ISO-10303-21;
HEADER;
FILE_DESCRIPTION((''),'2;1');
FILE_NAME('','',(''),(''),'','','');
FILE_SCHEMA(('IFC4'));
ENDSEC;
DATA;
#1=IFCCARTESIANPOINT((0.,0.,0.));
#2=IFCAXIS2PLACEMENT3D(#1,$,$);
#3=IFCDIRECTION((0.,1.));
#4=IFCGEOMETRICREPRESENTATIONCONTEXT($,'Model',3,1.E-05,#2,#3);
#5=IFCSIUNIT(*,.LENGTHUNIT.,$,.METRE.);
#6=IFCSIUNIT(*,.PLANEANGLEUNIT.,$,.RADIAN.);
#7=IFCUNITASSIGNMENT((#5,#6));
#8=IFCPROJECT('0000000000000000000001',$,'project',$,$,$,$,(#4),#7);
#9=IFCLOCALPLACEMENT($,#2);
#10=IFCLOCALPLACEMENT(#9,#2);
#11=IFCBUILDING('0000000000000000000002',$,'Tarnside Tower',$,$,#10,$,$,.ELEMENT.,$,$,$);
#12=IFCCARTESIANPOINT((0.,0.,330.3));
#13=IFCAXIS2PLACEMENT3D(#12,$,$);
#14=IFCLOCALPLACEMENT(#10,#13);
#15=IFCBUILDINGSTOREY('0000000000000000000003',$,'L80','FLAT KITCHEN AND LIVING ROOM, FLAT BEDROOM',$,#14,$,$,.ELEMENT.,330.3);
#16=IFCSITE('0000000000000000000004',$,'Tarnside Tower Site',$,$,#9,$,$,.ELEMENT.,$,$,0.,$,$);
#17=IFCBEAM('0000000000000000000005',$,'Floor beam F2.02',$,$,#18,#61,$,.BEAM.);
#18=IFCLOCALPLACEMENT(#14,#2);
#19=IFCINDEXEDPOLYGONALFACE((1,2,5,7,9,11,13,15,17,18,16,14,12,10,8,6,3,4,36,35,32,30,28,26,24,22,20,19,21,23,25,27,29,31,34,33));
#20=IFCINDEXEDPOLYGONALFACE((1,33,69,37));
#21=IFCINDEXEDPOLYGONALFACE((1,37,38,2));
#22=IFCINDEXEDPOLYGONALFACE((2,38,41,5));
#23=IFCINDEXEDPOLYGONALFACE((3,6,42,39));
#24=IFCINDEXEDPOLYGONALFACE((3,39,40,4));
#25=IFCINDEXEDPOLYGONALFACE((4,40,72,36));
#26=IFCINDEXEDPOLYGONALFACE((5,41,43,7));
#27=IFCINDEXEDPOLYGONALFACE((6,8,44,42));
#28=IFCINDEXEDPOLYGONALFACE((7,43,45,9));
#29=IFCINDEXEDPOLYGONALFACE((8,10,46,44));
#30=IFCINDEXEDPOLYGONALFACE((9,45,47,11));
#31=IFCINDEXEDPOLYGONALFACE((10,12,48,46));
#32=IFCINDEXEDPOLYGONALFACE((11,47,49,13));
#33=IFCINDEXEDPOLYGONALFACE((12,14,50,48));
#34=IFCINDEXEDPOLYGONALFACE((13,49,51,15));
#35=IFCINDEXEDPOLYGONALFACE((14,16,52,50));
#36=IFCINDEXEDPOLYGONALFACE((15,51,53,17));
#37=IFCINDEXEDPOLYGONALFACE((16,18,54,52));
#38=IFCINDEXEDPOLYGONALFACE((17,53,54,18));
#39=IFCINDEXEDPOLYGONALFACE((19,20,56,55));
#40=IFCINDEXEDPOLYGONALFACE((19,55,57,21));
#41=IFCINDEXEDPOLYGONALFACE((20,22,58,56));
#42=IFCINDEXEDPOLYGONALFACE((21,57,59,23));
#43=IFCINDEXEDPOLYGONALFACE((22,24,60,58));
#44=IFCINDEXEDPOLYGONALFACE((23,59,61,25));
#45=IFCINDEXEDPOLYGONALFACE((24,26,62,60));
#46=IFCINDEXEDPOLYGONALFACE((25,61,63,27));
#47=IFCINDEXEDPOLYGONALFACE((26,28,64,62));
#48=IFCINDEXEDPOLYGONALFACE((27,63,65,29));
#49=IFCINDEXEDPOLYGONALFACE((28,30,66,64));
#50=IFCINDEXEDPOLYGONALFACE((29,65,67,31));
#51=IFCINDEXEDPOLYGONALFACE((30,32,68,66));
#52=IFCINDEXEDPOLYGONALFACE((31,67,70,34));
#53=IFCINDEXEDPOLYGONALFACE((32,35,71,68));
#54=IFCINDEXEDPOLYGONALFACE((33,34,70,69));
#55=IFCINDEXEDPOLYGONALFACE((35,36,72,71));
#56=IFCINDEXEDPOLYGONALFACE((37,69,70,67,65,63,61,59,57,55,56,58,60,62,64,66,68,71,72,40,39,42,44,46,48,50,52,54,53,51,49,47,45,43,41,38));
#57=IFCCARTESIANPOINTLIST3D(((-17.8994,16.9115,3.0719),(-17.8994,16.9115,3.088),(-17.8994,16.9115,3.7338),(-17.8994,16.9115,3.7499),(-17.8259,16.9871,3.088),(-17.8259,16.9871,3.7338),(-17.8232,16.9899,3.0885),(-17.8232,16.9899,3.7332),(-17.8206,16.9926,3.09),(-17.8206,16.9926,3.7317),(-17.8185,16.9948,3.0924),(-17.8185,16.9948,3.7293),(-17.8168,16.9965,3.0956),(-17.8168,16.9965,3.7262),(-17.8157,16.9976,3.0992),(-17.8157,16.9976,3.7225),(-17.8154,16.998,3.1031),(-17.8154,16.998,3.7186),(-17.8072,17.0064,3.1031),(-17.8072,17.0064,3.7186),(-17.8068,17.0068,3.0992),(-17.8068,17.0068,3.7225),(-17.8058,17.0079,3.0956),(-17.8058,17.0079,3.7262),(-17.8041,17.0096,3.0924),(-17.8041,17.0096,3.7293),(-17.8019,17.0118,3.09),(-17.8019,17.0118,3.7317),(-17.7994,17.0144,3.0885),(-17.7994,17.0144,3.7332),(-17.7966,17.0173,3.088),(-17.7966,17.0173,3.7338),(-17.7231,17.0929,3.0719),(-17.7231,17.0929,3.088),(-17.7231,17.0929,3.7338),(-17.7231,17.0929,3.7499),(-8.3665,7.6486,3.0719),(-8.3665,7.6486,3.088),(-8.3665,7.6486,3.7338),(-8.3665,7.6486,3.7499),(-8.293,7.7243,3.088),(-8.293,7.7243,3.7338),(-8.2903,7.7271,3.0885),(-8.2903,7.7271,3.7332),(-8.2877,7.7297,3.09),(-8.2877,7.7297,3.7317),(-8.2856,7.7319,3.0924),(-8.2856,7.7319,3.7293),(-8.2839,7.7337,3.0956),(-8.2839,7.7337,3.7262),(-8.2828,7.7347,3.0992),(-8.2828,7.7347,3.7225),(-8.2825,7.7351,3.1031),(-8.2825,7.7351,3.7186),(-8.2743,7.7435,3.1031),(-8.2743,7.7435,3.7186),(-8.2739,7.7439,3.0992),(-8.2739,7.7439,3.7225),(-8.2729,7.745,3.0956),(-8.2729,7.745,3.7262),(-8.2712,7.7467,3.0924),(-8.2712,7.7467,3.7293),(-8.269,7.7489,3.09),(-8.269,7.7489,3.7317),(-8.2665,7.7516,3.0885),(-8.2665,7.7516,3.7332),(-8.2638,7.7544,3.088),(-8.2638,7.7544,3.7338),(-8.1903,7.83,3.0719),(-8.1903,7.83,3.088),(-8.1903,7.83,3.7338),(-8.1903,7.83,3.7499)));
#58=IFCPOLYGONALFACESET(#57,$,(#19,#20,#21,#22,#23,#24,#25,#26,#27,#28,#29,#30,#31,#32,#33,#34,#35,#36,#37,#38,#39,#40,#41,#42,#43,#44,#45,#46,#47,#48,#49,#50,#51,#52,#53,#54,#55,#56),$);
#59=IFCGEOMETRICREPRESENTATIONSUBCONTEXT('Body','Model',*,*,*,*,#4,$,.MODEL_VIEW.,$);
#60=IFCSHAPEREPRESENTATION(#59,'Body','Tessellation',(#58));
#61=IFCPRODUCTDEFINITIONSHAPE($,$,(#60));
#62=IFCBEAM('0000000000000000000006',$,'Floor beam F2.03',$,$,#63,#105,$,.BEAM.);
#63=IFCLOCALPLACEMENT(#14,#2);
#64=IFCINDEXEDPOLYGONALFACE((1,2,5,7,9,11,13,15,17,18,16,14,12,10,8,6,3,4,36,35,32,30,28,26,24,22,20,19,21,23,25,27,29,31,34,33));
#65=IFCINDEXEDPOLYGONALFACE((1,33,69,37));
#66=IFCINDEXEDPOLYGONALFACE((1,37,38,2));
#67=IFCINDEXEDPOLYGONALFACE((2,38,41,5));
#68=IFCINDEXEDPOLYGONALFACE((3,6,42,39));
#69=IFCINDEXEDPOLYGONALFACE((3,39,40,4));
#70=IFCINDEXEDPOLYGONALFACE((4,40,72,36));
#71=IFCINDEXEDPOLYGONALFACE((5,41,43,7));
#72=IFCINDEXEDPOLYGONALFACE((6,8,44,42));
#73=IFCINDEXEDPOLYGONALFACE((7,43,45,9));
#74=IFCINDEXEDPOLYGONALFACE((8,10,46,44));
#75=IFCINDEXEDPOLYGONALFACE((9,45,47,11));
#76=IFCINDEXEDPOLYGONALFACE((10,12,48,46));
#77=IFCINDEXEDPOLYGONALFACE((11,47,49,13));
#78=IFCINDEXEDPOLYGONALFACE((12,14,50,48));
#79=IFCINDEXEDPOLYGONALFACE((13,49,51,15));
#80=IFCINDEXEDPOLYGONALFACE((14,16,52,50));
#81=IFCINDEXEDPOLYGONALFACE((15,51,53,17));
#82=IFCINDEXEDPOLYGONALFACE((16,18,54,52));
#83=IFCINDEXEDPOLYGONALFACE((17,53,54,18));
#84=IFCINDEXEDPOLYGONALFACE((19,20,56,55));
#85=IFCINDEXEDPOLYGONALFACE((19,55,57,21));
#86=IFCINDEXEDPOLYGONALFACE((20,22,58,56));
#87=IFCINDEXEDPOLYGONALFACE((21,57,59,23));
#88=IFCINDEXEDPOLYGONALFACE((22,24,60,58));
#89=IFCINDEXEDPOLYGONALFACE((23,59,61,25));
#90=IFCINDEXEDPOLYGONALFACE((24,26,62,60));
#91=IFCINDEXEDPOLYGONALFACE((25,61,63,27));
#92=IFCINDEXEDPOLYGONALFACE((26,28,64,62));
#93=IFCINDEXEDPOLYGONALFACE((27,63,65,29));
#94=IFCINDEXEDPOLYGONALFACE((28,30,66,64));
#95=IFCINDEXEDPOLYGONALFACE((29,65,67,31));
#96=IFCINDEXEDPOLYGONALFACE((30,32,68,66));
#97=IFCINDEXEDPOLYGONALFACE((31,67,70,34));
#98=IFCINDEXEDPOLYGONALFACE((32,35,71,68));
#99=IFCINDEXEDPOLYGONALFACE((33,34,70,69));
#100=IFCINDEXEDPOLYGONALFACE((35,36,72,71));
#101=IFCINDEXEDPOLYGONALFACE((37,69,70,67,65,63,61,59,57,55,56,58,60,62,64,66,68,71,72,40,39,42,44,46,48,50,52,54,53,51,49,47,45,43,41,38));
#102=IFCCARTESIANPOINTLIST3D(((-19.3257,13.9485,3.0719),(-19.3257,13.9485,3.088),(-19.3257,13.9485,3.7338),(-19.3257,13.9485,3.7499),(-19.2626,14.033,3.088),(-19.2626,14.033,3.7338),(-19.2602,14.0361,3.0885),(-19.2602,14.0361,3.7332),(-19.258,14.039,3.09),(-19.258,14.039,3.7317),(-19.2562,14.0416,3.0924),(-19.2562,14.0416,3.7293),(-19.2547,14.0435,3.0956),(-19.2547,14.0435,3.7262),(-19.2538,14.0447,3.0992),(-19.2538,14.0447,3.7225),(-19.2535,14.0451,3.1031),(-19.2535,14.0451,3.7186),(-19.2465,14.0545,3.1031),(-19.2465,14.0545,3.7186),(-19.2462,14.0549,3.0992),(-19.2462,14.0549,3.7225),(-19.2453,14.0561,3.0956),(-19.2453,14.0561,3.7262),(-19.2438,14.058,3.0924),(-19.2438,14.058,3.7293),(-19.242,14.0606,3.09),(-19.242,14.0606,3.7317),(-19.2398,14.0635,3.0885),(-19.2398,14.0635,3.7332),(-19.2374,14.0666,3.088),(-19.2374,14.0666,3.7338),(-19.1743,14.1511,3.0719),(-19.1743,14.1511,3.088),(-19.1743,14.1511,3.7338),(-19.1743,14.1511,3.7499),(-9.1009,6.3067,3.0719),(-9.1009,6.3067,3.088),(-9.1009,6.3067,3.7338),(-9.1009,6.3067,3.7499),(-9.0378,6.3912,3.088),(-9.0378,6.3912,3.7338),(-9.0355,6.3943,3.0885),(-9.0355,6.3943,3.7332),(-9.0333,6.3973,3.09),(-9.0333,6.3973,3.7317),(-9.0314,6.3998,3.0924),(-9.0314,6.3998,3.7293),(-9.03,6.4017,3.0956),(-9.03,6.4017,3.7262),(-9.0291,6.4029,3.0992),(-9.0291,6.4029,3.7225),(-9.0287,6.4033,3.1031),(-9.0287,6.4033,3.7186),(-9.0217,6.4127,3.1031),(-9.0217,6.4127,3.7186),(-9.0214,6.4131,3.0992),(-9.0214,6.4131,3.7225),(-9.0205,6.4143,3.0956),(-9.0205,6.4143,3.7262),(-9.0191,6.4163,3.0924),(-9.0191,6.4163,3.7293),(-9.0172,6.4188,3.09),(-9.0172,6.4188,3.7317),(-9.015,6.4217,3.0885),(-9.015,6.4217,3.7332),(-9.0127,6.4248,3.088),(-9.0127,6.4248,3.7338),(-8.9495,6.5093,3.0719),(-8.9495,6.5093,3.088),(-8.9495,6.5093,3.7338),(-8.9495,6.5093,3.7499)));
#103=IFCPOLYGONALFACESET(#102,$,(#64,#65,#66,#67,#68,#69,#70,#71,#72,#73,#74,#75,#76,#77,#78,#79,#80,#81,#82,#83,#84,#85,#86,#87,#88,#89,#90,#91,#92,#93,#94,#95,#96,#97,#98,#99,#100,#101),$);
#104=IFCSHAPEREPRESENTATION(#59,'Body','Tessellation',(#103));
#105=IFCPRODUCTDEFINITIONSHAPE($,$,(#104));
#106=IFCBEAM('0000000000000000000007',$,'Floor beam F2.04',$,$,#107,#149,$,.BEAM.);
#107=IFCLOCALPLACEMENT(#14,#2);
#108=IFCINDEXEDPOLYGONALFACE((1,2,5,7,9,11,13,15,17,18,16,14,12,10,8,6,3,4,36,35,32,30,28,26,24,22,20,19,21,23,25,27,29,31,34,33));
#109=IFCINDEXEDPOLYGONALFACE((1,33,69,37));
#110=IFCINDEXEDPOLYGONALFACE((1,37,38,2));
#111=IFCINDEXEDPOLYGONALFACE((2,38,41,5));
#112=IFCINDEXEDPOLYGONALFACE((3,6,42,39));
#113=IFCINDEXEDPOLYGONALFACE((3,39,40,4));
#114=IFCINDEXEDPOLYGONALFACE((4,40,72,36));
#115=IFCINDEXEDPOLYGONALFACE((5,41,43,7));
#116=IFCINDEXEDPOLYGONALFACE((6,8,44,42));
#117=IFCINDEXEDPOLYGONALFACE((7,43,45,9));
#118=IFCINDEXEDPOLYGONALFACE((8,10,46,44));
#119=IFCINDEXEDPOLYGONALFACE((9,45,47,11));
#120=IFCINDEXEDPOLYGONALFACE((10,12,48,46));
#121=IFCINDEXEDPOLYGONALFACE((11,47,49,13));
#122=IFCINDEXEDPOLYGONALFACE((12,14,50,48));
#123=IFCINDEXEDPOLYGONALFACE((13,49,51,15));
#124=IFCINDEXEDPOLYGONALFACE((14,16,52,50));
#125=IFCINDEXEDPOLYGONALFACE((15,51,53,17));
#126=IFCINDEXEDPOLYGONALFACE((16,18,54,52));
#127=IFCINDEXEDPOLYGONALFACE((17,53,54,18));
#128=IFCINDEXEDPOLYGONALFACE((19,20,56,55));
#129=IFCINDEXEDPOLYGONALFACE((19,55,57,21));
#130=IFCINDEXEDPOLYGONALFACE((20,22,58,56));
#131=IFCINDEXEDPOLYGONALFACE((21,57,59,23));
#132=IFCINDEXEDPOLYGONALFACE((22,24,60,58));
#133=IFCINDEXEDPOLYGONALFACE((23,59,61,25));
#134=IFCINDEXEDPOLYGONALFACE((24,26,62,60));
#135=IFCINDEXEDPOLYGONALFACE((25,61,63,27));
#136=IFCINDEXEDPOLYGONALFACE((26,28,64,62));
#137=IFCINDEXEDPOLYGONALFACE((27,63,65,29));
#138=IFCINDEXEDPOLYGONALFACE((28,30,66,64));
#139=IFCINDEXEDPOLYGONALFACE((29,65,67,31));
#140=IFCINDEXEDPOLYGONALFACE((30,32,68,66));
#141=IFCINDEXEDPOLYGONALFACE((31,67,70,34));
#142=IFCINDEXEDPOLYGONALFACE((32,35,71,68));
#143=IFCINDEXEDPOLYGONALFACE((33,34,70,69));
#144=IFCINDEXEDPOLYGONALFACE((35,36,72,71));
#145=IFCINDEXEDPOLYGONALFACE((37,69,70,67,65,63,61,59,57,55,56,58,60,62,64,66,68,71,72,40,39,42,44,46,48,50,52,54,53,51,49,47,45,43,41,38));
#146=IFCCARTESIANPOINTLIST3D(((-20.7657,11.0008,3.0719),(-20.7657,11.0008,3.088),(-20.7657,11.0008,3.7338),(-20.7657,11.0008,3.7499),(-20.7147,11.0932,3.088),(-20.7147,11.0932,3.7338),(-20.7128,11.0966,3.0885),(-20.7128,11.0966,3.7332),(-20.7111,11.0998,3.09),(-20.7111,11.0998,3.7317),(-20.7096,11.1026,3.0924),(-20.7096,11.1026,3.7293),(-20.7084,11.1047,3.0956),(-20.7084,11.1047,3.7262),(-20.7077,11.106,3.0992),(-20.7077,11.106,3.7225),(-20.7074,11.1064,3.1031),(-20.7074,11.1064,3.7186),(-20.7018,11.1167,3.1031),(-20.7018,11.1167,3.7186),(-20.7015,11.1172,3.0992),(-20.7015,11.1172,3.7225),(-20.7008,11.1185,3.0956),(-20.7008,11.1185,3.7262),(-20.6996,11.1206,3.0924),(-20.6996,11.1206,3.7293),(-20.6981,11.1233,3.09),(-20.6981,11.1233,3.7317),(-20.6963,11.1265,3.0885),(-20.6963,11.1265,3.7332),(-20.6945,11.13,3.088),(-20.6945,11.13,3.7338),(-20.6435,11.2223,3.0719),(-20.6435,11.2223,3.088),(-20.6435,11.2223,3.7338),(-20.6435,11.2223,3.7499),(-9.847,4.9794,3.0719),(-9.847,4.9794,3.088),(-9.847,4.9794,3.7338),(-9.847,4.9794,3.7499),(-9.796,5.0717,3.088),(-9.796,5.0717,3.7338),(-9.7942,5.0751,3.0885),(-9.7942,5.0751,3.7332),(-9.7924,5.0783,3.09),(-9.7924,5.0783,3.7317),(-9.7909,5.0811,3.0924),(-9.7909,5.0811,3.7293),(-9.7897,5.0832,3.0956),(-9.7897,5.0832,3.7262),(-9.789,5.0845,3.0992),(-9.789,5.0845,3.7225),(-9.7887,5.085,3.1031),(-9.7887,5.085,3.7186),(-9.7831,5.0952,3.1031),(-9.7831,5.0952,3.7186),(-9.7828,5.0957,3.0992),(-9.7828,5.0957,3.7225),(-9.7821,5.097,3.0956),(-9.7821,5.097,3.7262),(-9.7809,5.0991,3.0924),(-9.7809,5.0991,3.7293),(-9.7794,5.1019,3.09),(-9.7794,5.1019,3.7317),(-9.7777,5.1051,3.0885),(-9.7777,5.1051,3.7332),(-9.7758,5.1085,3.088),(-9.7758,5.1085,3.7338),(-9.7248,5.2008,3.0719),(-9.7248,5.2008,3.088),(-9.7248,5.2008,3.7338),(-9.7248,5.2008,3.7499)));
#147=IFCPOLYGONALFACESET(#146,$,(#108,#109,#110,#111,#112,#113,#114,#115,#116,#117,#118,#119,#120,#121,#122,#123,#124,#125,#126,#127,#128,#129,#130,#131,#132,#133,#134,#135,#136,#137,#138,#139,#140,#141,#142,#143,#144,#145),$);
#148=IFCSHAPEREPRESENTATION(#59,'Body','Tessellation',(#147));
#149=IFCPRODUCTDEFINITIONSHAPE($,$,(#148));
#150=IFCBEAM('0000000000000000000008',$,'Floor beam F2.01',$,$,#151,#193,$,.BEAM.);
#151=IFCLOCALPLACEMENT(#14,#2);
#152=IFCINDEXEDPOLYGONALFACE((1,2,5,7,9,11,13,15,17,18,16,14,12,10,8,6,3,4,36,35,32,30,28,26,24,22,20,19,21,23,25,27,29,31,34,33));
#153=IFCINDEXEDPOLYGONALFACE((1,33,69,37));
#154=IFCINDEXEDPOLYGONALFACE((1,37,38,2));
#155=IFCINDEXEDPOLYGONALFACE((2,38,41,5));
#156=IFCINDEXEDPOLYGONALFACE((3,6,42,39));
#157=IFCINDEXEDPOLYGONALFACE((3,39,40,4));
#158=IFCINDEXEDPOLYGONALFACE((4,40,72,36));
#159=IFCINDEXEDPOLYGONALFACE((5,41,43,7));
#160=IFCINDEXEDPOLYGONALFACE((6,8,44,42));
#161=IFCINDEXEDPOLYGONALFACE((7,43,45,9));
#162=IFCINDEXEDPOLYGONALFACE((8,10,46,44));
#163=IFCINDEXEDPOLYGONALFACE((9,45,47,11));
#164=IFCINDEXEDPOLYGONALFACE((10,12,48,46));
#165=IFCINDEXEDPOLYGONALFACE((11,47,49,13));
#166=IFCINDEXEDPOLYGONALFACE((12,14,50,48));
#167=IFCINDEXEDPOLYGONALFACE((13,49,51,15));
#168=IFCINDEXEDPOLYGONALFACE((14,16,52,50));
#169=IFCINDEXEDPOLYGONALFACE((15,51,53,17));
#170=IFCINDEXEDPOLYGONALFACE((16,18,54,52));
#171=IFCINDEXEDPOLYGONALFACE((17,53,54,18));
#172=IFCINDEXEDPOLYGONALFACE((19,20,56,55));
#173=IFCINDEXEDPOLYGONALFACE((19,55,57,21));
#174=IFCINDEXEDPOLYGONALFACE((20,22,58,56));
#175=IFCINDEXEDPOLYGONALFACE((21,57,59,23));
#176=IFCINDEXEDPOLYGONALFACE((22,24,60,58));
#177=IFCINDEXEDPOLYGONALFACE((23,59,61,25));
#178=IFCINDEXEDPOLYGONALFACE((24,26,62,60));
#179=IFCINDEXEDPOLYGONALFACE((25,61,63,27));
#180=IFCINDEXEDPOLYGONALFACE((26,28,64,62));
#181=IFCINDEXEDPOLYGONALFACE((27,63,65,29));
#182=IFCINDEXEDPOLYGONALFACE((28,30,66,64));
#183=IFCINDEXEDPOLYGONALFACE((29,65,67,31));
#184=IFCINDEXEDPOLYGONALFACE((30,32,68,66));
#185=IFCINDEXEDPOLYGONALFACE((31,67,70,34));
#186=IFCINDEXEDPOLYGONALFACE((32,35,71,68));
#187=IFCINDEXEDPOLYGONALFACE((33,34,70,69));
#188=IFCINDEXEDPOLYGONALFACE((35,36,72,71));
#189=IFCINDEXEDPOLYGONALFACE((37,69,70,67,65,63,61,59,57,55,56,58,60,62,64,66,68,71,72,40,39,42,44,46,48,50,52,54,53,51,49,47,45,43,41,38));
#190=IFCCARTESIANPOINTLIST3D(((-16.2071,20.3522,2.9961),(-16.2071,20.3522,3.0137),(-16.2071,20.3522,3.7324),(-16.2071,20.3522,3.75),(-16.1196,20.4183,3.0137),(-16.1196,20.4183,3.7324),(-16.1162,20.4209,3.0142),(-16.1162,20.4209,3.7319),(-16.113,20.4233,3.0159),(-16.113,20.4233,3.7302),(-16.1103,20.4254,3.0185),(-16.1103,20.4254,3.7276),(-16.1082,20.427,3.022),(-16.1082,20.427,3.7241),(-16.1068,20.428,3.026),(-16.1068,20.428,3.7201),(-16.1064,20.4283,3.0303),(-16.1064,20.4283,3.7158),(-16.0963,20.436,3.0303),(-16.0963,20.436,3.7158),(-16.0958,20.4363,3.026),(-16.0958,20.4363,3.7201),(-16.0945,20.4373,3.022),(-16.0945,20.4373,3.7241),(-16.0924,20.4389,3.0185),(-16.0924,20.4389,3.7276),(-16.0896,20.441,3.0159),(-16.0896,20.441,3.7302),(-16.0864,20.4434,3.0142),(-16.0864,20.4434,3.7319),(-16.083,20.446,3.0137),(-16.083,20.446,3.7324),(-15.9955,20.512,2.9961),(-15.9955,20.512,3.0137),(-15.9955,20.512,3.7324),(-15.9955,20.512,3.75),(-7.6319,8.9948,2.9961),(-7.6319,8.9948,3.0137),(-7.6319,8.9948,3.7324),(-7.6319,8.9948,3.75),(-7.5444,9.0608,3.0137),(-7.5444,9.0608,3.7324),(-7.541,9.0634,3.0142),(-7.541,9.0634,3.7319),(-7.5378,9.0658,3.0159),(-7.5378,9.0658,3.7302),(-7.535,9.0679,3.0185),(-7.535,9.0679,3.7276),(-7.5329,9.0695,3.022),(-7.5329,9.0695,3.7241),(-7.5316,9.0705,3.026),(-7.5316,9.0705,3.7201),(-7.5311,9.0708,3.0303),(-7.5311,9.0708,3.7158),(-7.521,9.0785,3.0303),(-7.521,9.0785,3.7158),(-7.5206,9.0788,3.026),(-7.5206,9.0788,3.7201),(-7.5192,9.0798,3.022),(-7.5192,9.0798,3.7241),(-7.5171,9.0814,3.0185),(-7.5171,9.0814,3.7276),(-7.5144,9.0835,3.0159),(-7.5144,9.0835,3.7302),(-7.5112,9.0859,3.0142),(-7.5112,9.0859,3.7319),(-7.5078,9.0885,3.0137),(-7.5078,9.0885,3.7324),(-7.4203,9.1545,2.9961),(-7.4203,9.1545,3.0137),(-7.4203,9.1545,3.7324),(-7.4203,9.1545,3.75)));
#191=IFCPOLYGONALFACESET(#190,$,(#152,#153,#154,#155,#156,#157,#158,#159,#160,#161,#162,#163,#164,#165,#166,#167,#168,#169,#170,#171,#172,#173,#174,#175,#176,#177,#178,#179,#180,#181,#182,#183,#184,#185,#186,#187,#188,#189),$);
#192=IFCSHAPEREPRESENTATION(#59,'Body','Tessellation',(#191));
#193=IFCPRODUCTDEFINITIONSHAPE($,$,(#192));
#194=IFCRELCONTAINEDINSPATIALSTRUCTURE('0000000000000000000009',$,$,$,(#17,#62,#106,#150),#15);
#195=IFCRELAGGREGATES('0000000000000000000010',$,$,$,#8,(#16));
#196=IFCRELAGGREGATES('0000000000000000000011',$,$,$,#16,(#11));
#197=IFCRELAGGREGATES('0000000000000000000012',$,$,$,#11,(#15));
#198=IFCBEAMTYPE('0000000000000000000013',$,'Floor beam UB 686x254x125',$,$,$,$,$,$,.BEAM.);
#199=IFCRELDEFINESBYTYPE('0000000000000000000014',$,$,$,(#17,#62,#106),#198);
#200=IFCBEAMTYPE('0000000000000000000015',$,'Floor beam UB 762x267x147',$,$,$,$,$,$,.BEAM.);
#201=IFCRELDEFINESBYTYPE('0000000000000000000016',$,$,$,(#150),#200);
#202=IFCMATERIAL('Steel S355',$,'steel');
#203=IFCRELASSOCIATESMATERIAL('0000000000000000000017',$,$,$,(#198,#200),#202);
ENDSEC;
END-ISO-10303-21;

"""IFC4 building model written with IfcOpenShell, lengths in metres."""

from ifc_helpers import new_model, si_unit, direction, frame, origin, origin_2d, place, context, subcontext, project, spatial, i_section, extrude, material, material_profile, profile_set, type_object, element, save


model = new_model("IFC4")

# Units and contexts
model_context = context("Model", 3, precision=1e-05, world=origin(), true_north=direction((0.0, 1.0)))
body_context = subcontext(model_context, "Body", "Model", "MODEL_VIEW")
ifc_project = project(units=[si_unit("LENGTHUNIT", "METRE"), si_unit("PLANEANGLEUNIT", "RADIAN")], contexts=[model_context])

# Site, building, storey
site_placement = place(None, origin())
site = spatial("IfcSite", under=ifc_project, at=site_placement, Name="Tarnside Tower Site", CompositionType="ELEMENT", RefElevation=0.0)
building_placement = place(site_placement, origin())
building = spatial("IfcBuilding", under=site, at=building_placement, Name="Tarnside Tower", CompositionType="ELEMENT")
storey_placement = place(building_placement, frame((0.0, 0.0, 330.3)))
storey = spatial("IfcBuildingStorey", under=building, at=storey_placement, Name="L80", Description="FLAT KITCHEN AND LIVING ROOM, FLAT BEDROOM", CompositionType="ELEMENT", Elevation=330.3)

# Beams
ifc_material_1 = material(Name="Steel S355", Category="steel")
ifc_material_profile_1 = material_profile(ifc_material_1, i_section(OverallWidth=0.2529, OverallDepth=0.678, WebThickness=0.0117, FlangeThickness=0.0161, FilletRadius=0.0151, at=origin_2d()), Name="UB 686x254x125")
ifc_profile_set_1 = profile_set([ifc_material_profile_1], Name="Steel S355")
beam_type_1 = type_object("IfcBeamType", Name="Floor beam UB 686x254x125", PredefinedType="BEAM", material=ifc_profile_set_1)
beam_1_placement = place(storey_placement, frame((-17.8113, 17.0022, 3.4109), z_axis=(0.717191, -0.696877, 0.0), x_axis=(0.696877, 0.717191, 0.0)))
element("IfcBeam", 1, at=beam_1_placement, inside=storey, type_object=beam_type_1, Name="Floor beam F2.02", PredefinedType="BEAM", context=body_context, shape_type="SweptSolid", body=[
    extrude(i_section(OverallWidth=0.2529, OverallDepth=0.678, WebThickness=0.0117, FlangeThickness=0.0161, FilletRadius=0.0151, at=origin_2d()), origin(), (0.0, 0.0, 1.0), 13.292),
])
beam_2_placement = place(storey_placement, frame((-19.25, 14.0498, 3.4109), z_axis=(0.801006, -0.598656, 0.0), x_axis=(0.598656, 0.801006, 0.0)))
element("IfcBeam", 2, at=beam_2_placement, inside=storey, type_object=beam_type_1, Name="Floor beam F2.03", PredefinedType="BEAM", context=body_context, shape_type="SweptSolid", body=[
    extrude(i_section(OverallWidth=0.2529, OverallDepth=0.678, WebThickness=0.0117, FlangeThickness=0.0161, FilletRadius=0.0151, at=origin_2d()), origin(), (0.0, 0.0, 1.0), 12.7649),
])
beam_3_placement = place(storey_placement, frame((-20.7046, 11.1116, 3.4109), z_axis=(0.875667, -0.482916, 0.0), x_axis=(0.482916, 0.875667, 0.0)))
element("IfcBeam", 3, at=beam_3_placement, inside=storey, type_object=beam_type_1, Name="Floor beam F2.04", PredefinedType="BEAM", context=body_context, shape_type="SweptSolid", body=[
    extrude(i_section(OverallWidth=0.2529, OverallDepth=0.678, WebThickness=0.0117, FlangeThickness=0.0161, FilletRadius=0.0151, at=origin_2d()), origin(), (0.0, 0.0, 1.0), 12.469),
])
ifc_material_profile_2 = material_profile(ifc_material_1, i_section(OverallWidth=0.2651, OverallDepth=0.7539, WebThickness=0.0127, FlangeThickness=0.0176, FilletRadius=0.0166, at=origin_2d()), Name="UB 762x267x147")
ifc_profile_set_2 = profile_set([ifc_material_profile_2], Name="Steel S355")
beam_type_2 = type_object("IfcBeamType", Name="Floor beam UB 762x267x147", PredefinedType="BEAM", material=ifc_profile_set_2)
beam_4_placement = place(storey_placement, frame((-16.1013, 20.4321, 3.373), z_axis=(0.602566, -0.798069, 0.0), x_axis=(0.798069, 0.602566, 0.0)))
element("IfcBeam", 4, at=beam_4_placement, inside=storey, type_object=beam_type_2, Name="Floor beam F2.01", PredefinedType="BEAM", context=body_context, shape_type="SweptSolid", body=[
    extrude(i_section(OverallWidth=0.2651, OverallDepth=0.7539, WebThickness=0.0127, FlangeThickness=0.0176, FilletRadius=0.0166, at=origin_2d()), origin(), (0.0, 0.0, 1.0), 14.2312),
])

save(model, "model.ifc")
